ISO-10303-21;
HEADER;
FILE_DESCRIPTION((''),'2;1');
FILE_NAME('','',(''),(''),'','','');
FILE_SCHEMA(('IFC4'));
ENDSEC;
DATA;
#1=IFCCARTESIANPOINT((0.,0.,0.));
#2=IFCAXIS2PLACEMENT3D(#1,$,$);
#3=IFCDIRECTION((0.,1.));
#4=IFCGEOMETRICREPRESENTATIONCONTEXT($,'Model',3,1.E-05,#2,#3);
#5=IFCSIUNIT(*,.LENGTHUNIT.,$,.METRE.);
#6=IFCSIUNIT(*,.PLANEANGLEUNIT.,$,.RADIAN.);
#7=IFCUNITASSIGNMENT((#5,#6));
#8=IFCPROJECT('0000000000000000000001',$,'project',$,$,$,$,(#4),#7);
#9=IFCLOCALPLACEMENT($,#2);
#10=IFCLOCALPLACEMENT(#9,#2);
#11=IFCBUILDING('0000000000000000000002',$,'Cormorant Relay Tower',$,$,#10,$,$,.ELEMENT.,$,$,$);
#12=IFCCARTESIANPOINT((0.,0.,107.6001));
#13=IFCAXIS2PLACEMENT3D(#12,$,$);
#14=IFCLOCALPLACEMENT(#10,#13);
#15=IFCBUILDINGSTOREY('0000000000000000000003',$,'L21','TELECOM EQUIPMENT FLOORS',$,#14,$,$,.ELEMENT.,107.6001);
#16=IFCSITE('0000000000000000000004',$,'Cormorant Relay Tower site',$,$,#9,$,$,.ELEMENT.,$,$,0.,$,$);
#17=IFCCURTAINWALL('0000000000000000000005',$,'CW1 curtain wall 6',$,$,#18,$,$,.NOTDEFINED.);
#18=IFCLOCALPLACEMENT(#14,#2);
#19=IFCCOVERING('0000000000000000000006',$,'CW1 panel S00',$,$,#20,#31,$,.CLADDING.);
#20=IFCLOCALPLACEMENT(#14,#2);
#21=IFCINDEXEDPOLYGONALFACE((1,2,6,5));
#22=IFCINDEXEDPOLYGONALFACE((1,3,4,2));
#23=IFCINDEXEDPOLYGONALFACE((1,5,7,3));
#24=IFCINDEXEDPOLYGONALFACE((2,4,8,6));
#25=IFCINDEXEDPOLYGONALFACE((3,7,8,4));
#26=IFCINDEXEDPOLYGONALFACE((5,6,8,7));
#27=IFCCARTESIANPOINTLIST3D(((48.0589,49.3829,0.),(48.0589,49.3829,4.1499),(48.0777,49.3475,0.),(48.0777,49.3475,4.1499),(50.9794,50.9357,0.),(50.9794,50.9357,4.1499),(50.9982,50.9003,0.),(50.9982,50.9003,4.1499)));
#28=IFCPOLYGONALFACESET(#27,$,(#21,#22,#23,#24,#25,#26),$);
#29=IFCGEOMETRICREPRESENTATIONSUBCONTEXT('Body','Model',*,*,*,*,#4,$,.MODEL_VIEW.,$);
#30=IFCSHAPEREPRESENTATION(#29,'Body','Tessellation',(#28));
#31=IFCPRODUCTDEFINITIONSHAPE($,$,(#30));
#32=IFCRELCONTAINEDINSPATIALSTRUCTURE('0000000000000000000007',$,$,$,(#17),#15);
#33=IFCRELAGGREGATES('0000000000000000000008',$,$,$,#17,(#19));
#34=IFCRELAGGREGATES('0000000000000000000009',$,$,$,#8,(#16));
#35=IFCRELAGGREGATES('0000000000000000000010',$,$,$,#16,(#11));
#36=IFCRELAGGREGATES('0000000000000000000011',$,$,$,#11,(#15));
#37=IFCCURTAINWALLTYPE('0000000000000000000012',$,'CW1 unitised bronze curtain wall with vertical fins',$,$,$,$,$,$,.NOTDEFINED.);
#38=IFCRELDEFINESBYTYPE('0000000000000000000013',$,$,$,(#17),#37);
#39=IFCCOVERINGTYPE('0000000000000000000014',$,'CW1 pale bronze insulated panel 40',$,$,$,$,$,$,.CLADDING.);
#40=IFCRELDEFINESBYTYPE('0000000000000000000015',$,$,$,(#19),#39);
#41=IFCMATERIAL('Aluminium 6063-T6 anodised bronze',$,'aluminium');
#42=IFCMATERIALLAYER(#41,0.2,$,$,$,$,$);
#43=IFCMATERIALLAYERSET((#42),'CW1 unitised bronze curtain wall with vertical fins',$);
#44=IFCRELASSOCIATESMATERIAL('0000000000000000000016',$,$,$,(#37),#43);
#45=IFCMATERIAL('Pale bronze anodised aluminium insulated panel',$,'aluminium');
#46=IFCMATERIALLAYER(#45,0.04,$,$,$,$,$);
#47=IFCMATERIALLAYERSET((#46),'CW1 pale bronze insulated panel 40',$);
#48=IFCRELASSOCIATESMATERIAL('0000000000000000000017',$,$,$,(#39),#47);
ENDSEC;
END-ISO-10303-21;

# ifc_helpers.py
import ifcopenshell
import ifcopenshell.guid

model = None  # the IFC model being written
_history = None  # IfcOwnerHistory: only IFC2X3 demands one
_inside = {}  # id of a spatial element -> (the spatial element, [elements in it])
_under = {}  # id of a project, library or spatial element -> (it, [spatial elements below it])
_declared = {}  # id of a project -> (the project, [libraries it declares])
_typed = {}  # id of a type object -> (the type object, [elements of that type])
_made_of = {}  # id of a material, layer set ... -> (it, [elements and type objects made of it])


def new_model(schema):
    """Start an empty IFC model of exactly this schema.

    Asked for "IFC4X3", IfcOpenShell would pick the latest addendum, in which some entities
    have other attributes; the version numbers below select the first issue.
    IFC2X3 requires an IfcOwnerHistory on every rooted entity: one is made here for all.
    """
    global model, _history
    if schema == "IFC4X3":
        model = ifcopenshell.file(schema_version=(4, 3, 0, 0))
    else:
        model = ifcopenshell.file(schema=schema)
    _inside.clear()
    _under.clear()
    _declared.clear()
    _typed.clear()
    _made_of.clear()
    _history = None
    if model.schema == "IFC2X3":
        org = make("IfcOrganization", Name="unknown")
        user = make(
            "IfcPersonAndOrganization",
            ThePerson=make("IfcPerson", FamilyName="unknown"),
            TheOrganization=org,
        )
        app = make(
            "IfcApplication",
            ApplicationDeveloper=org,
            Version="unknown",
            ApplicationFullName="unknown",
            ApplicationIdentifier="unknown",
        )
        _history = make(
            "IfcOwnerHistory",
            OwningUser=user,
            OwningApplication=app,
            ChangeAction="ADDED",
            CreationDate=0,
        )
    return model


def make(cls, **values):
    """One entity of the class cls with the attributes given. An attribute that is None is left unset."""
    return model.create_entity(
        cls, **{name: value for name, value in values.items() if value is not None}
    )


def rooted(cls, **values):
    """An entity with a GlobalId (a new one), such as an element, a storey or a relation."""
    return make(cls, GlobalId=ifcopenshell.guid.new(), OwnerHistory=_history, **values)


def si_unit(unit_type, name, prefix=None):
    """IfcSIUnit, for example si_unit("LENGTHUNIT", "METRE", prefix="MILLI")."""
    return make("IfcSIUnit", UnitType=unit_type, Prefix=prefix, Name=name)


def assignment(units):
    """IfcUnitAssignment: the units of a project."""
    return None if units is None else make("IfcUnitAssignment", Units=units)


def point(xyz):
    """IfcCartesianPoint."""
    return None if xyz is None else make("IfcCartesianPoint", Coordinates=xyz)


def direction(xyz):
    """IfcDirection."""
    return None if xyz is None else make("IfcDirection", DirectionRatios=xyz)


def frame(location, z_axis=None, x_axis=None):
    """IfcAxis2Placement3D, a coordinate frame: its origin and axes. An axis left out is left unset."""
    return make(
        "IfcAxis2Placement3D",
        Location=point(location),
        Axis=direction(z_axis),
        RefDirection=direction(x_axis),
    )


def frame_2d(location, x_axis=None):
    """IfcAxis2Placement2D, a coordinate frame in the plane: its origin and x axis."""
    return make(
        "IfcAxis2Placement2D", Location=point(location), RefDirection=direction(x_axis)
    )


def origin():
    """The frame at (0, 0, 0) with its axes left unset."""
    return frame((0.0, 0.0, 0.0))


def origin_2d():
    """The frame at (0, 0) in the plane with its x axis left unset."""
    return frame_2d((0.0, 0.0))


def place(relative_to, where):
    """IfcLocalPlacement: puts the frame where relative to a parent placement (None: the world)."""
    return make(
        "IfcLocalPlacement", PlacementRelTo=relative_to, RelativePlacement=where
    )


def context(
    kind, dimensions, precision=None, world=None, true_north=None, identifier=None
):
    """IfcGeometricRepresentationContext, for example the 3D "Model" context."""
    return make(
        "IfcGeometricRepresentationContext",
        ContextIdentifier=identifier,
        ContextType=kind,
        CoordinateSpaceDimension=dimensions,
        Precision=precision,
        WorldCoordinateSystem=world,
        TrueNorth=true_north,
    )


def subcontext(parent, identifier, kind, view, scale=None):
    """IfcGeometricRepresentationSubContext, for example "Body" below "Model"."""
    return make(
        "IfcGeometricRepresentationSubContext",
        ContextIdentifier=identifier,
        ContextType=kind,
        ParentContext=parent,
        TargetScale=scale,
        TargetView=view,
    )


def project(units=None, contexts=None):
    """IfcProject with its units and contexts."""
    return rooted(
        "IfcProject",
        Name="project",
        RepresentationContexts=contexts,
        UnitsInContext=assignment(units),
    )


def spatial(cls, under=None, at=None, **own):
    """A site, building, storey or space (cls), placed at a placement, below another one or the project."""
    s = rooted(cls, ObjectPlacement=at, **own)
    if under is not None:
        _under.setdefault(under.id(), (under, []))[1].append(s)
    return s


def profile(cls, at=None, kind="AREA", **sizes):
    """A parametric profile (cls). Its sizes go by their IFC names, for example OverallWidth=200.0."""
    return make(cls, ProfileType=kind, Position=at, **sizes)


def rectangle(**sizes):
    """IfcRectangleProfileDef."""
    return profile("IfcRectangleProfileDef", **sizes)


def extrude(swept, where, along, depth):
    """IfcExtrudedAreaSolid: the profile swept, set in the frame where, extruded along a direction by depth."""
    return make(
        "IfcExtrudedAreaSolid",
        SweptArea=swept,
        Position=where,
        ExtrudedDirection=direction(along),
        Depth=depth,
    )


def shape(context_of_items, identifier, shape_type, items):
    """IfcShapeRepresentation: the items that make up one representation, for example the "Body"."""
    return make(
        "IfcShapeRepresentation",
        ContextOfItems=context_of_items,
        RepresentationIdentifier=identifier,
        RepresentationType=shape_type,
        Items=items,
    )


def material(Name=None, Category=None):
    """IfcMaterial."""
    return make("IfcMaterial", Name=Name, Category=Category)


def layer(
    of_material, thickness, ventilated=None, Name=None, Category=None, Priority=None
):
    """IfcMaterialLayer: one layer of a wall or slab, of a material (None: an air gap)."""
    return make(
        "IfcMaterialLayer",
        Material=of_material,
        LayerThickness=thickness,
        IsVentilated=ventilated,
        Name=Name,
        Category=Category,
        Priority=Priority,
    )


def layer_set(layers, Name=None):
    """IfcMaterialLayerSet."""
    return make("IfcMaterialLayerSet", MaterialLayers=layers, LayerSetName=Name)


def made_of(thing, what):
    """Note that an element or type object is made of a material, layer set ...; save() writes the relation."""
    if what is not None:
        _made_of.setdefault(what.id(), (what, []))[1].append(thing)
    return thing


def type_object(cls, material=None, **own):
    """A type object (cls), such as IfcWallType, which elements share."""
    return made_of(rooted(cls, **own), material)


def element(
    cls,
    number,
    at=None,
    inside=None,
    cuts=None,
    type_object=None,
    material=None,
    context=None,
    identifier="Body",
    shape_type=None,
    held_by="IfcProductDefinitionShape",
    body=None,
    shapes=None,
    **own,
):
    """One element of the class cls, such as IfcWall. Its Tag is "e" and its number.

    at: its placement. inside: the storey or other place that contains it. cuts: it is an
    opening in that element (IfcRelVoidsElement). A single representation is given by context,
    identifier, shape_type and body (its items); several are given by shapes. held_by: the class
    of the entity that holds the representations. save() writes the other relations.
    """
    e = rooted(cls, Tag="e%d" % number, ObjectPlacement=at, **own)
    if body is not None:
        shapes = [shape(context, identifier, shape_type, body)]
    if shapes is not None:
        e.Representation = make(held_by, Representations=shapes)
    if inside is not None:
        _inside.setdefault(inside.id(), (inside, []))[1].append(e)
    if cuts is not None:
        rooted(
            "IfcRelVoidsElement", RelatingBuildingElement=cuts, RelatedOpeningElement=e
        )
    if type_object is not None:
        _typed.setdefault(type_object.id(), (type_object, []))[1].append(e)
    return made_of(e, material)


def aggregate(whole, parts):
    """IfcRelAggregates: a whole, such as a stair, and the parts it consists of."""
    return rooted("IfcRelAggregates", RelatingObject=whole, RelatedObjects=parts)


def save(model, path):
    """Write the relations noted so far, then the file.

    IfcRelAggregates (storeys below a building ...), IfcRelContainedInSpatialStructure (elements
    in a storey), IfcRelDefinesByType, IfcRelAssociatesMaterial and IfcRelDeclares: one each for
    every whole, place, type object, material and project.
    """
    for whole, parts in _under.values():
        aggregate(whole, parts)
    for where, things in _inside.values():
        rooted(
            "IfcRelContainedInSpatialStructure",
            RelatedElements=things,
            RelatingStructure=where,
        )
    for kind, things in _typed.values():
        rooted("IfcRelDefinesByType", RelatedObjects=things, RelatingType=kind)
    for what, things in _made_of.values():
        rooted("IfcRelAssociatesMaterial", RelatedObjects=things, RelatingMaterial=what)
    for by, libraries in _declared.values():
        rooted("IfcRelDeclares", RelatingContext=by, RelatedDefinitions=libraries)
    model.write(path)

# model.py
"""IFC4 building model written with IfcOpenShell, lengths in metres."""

from ifc_helpers import new_model, si_unit, direction, frame, origin, origin_2d, place, context, subcontext, project, spatial, rectangle, extrude, material, layer, layer_set, type_object, element, aggregate, save


model = new_model("IFC4")

# Units and contexts
model_context = context("Model", 3, precision=1e-05, world=origin(), true_north=direction((0.0, 1.0)))
body_context = subcontext(model_context, "Body", "Model", "MODEL_VIEW")
ifc_project = project(units=[si_unit("LENGTHUNIT", "METRE"), si_unit("PLANEANGLEUNIT", "RADIAN")], contexts=[model_context])

# Site, building, storey
site_placement = place(None, origin())
site = spatial("IfcSite", under=ifc_project, at=site_placement, Name="Cormorant Relay Tower site", CompositionType="ELEMENT", RefElevation=0.0)
building_placement = place(site_placement, origin())
building = spatial("IfcBuilding", under=site, at=building_placement, Name="Cormorant Relay Tower", CompositionType="ELEMENT")
storey_placement = place(building_placement, frame((0.0, 0.0, 107.6001)))
storey = spatial("IfcBuildingStorey", under=building, at=storey_placement, Name="L21", Description="TELECOM EQUIPMENT FLOORS", CompositionType="ELEMENT", Elevation=107.6001)

# Shared definitions
ifc_material_1 = material(Name="Aluminium 6063-T6 anodised bronze", Category="aluminium")
ifc_layer_1 = layer(ifc_material_1, 0.2)
ifc_layer_set_1 = layer_set([ifc_layer_1], Name="CW1 unitised bronze curtain wall with vertical fins")
curtain_wall_type = type_object("IfcCurtainWallType", Name="CW1 unitised bronze curtain wall with vertical fins", PredefinedType="NOTDEFINED", material=ifc_layer_set_1)

# Curtain wall
curtain_wall_1_placement = place(storey_placement, origin())
curtain_wall_1 = element("IfcCurtainWall", 1, at=curtain_wall_1_placement, inside=storey, type_object=curtain_wall_type, Name="CW1 curtain wall 6", PredefinedType="NOTDEFINED")

# Covering
ifc_material_2 = material(Name="Pale bronze anodised aluminium insulated panel", Category="aluminium")
ifc_layer_2 = layer(ifc_material_2, 0.04)
ifc_layer_set_2 = layer_set([ifc_layer_2], Name="CW1 pale bronze insulated panel 40")
covering_type = type_object("IfcCoveringType", Name="CW1 pale bronze insulated panel 40", PredefinedType="CLADDING", material=ifc_layer_set_2)
covering_1_placement = place(storey_placement, frame((49.5286, 50.1416, 0.0), z_axis=(0.0, 0.0, 1.0), x_axis=(-0.882948, -0.469472, 0.0)))
covering_1 = element("IfcCovering", 2, at=covering_1_placement, type_object=covering_type, Name="CW1 panel S00", PredefinedType="CLADDING", context=body_context, shape_type="SweptSolid", body=[
    extrude(rectangle(XDim=3.3076, YDim=0.04, at=origin_2d()), origin(), (0.0, 0.0, 1.0), 4.1499),
])
aggregate(curtain_wall_1, [covering_1])

save(model, "model.ifc")
